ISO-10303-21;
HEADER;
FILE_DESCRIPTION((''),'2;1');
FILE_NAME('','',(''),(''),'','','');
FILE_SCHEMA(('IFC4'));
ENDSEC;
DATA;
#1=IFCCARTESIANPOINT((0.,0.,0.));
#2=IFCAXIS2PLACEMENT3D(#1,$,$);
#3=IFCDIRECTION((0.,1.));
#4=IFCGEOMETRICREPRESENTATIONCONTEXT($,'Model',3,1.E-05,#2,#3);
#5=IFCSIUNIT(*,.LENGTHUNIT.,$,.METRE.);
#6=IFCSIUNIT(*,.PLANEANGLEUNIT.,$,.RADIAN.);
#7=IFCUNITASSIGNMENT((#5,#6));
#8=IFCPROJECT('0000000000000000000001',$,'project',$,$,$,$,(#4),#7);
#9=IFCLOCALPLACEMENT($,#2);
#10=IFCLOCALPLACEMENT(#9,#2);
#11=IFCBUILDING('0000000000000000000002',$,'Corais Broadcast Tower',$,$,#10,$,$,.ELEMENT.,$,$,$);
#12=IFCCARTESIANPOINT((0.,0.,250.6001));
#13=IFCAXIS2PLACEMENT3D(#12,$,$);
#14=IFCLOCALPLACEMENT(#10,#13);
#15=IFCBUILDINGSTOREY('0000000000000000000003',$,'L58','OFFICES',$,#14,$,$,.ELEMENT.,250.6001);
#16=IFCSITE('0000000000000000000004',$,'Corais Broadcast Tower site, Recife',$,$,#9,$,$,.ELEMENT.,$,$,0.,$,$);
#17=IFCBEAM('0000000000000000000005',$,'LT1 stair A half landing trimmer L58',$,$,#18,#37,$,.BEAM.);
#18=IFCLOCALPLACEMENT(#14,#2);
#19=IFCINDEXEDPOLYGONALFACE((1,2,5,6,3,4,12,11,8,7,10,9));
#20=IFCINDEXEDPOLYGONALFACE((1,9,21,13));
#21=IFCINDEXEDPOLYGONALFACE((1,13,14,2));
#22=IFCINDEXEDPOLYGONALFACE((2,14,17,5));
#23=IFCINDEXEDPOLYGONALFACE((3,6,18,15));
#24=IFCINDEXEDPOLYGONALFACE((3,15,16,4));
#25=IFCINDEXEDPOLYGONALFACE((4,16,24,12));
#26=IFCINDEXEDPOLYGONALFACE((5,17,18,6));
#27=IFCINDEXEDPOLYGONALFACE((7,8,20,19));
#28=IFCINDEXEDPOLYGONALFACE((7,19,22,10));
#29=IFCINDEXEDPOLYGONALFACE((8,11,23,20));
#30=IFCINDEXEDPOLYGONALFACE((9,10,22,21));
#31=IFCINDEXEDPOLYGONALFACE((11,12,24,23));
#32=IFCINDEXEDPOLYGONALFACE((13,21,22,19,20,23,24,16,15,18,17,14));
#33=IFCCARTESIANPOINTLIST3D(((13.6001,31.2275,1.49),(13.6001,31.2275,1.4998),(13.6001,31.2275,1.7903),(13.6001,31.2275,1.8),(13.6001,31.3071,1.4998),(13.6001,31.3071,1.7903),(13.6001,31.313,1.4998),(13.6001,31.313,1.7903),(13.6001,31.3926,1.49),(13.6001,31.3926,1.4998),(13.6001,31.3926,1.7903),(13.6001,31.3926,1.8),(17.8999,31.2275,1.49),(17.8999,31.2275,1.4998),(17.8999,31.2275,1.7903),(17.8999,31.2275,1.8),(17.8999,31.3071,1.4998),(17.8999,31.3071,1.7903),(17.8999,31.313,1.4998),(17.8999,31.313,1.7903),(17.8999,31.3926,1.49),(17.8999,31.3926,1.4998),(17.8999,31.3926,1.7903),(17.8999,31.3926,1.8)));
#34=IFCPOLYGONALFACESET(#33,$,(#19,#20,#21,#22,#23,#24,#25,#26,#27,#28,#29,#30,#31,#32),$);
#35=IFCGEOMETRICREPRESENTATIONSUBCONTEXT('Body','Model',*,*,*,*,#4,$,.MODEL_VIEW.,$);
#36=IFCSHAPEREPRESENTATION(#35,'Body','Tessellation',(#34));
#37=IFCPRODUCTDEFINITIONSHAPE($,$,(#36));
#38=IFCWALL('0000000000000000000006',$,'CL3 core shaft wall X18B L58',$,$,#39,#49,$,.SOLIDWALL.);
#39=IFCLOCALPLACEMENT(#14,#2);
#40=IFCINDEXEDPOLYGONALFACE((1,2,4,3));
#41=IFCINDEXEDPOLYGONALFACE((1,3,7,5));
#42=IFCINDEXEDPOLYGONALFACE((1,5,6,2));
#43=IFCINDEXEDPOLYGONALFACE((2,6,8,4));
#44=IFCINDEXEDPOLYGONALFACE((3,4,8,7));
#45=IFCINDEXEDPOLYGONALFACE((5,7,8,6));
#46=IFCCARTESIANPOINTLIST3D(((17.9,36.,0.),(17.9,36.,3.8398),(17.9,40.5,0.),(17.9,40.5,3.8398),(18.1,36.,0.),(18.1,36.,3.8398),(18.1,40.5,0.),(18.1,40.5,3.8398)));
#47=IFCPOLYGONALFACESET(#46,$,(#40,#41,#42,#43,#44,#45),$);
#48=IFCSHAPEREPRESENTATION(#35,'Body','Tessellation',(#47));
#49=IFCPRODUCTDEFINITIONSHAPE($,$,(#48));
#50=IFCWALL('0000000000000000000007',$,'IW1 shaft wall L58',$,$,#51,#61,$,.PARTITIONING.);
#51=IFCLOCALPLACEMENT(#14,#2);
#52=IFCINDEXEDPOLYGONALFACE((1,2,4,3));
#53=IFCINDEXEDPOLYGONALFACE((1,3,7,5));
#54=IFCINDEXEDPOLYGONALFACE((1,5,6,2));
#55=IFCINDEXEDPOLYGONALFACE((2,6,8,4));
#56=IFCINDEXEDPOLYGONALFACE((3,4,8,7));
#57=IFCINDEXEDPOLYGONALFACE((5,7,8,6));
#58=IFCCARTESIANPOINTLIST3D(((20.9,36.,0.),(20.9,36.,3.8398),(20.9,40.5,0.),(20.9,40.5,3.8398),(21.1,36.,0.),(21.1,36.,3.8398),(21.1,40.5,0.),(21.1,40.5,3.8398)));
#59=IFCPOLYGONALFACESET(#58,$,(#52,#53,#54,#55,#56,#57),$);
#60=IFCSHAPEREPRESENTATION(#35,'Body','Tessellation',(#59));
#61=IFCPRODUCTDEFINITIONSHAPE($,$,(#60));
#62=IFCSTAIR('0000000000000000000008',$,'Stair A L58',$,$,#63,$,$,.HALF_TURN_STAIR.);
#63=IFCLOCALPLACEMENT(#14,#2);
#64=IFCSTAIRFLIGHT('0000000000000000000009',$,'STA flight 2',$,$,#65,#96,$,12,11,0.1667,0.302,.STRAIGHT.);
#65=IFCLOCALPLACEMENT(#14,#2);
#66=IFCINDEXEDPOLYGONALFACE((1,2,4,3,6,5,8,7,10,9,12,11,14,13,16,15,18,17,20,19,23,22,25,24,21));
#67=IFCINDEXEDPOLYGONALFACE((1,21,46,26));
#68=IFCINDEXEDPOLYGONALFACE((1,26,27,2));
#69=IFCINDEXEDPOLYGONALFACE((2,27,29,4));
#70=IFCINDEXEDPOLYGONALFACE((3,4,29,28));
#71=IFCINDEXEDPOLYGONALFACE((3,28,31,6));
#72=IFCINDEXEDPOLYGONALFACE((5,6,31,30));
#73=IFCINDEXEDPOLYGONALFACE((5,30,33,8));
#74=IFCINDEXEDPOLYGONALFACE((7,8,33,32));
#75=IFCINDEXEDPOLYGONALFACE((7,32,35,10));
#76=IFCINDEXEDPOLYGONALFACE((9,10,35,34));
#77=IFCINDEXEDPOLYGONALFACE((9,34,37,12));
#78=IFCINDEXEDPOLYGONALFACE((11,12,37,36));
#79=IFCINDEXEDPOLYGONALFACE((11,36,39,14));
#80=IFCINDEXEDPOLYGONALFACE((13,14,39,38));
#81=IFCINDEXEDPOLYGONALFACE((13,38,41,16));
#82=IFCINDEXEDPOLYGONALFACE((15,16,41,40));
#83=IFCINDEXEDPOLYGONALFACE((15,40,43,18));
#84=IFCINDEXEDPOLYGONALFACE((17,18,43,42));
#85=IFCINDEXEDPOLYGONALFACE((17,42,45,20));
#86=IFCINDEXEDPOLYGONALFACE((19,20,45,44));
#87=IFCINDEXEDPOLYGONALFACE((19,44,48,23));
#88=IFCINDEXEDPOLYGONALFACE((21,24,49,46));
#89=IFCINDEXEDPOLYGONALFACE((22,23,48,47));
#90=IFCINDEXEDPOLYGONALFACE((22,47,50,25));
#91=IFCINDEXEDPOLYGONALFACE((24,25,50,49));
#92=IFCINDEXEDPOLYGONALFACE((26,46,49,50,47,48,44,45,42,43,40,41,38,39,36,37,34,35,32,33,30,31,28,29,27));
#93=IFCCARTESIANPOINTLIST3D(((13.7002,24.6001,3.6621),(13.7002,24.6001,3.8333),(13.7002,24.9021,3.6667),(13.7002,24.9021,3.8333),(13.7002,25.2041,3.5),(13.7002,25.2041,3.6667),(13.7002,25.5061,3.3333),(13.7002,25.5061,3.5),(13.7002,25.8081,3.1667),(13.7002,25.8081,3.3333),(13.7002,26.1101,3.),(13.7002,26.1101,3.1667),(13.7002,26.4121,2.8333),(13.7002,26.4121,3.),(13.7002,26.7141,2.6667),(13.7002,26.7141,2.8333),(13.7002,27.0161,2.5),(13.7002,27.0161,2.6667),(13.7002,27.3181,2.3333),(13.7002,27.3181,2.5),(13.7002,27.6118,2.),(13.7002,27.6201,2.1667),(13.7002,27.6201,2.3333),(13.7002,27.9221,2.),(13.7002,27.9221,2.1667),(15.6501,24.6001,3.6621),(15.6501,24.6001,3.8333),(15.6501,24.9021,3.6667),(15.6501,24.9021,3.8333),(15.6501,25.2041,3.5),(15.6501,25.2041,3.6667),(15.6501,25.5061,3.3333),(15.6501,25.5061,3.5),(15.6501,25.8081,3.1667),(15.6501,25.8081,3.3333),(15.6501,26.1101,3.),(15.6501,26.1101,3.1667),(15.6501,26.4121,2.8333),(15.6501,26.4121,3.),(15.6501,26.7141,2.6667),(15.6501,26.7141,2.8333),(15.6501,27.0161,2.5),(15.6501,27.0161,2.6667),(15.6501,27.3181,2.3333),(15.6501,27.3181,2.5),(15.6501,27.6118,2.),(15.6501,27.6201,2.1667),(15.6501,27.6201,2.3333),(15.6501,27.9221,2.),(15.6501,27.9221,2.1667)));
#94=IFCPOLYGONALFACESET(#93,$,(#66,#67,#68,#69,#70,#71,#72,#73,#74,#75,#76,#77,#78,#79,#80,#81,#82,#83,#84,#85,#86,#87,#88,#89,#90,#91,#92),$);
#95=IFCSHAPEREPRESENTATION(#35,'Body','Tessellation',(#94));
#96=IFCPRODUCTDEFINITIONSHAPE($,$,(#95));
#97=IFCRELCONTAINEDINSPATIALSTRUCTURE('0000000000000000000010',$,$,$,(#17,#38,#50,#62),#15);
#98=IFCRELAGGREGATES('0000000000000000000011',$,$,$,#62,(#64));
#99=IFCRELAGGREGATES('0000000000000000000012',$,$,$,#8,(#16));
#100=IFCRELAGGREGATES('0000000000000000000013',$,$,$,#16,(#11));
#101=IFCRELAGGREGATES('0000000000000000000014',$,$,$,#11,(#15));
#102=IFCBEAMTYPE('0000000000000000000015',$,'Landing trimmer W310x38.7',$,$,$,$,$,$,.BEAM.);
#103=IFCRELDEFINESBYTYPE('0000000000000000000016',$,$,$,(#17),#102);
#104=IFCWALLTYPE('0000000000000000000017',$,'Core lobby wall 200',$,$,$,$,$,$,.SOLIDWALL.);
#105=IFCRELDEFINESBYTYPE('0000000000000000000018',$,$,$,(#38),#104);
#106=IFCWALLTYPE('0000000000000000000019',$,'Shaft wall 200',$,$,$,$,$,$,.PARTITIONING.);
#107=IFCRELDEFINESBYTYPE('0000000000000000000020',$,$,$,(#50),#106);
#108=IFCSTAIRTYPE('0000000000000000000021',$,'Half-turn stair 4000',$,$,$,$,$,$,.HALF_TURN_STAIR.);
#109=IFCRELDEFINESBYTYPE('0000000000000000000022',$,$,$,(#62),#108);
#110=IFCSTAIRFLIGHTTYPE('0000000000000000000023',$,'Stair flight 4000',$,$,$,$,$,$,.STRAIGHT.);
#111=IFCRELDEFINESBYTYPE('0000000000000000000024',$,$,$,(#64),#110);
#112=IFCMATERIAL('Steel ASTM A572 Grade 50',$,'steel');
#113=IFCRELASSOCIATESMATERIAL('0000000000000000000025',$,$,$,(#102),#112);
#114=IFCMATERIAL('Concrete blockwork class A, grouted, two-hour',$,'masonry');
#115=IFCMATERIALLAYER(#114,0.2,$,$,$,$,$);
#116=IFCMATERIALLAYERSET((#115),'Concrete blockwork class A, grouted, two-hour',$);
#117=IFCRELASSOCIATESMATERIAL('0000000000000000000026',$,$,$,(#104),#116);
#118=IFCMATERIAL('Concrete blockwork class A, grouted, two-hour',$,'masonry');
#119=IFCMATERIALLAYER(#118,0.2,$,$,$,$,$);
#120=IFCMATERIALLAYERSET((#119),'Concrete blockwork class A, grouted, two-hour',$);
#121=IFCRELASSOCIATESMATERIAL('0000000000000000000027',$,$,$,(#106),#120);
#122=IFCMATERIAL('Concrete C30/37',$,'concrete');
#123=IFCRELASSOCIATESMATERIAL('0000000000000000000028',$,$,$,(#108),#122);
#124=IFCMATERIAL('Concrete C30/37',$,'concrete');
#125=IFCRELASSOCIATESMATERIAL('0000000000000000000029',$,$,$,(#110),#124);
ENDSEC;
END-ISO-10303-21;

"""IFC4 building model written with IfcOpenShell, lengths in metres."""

from ifc_helpers import new_model, si_unit, direction, frame, frame_2d, origin, origin_2d, place, context, subcontext, project, spatial, polyline, rectangle, i_section, outline, extrude, material, layer, layer_set, material_profile, profile_set, type_object, element, aggregate, save


model = new_model("IFC4")

# Units and contexts
model_context = context("Model", 3, precision=1e-05, world=origin(), true_north=direction((0.0, 1.0)))
body_context = subcontext(model_context, "Body", "Model", "MODEL_VIEW")
ifc_project = project(units=[si_unit("LENGTHUNIT", "METRE"), si_unit("PLANEANGLEUNIT", "RADIAN")], contexts=[model_context])

# Site, building, storey
site_placement = place(None, origin())
site = spatial("IfcSite", under=ifc_project, at=site_placement, Name="Corais Broadcast Tower site, Recife", CompositionType="ELEMENT", RefElevation=0.0)
building_placement = place(site_placement, origin())
building = spatial("IfcBuilding", under=site, at=building_placement, Name="Corais Broadcast Tower", CompositionType="ELEMENT")
storey_placement = place(building_placement, frame((0.0, 0.0, 250.6001)))
storey = spatial("IfcBuildingStorey", under=building, at=storey_placement, Name="L58", Description="OFFICES", CompositionType="ELEMENT", Elevation=250.6001)

# Beam
ifc_material_1 = material(Name="Steel ASTM A572 Grade 50", Category="steel")
ifc_material_profile = material_profile(ifc_material_1, i_section(OverallWidth=0.165, OverallDepth=0.3101, WebThickness=0.0059, FlangeThickness=0.0098, at=origin_2d()), Name="W310x38.7")
ifc_profile_set = profile_set([ifc_material_profile], Name="Steel ASTM A572 Grade 50")
beam_type = type_object("IfcBeamType", Name="Landing trimmer W310x38.7", PredefinedType="BEAM", material=ifc_profile_set)
beam_placement = place(storey_placement, frame((13.6001, 31.3101, 1.645), z_axis=(1.0, 0.0, 0.0), x_axis=(0.0, 1.0, 0.0)))
element("IfcBeam", 1, at=beam_placement, inside=storey, type_object=beam_type, Name="LT1 stair A half landing trimmer L58", PredefinedType="BEAM", context=body_context, shape_type="SweptSolid", body=[
    extrude(i_section(OverallWidth=0.165, OverallDepth=0.3101, WebThickness=0.0059, FlangeThickness=0.0098, at=origin_2d()), origin(), (0.0, 0.0, 1.0), 4.2998),
])

# Walls
ifc_material_2 = material(Name="Concrete blockwork class A, grouted, two-hour", Category="masonry")
ifc_layer_1 = layer(ifc_material_2, 0.2)
ifc_layer_set_1 = layer_set([ifc_layer_1], Name="Concrete blockwork class A, grouted, two-hour")
wall_type_1 = type_object("IfcWallType", Name="Core lobby wall 200", PredefinedType="SOLIDWALL", material=ifc_layer_set_1)
wall_1_placement = place(storey_placement, frame((18.0, 36.0, 0.0), z_axis=(0.0, 0.0, 1.0), x_axis=(0.0, 1.0, 0.0)))
element("IfcWall", 2, at=wall_1_placement, inside=storey, type_object=wall_type_1, Name="CL3 core shaft wall X18B L58", PredefinedType="SOLIDWALL", context=body_context, shape_type="SweptSolid", body=[
    extrude(rectangle(XDim=4.5, YDim=0.2, at=frame_2d((2.25, 0.0))), origin(), (0.0, 0.0, 1.0), 3.8398),
])
ifc_material_3 = material(Name="Concrete blockwork class A, grouted, two-hour", Category="masonry")
ifc_layer_2 = layer(ifc_material_3, 0.2)
ifc_layer_set_2 = layer_set([ifc_layer_2], Name="Concrete blockwork class A, grouted, two-hour")
wall_type_2 = type_object("IfcWallType", Name="Shaft wall 200", PredefinedType="PARTITIONING", material=ifc_layer_set_2)
wall_2_placement = place(storey_placement, frame((21.0, 36.0, 0.0), z_axis=(0.0, 0.0, 1.0), x_axis=(0.0, 1.0, 0.0)))
element("IfcWall", 3, at=wall_2_placement, inside=storey, type_object=wall_type_2, Name="IW1 shaft wall L58", PredefinedType="PARTITIONING", context=body_context, shape_type="SweptSolid", body=[
    extrude(rectangle(XDim=4.5, YDim=0.2, at=frame_2d((2.25, 0.0))), origin(), (0.0, 0.0, 1.0), 3.8398),
])

# Stair, stair flight
ifc_material_4 = material(Name="Concrete C30/37", Category="concrete")
stair_type = type_object("IfcStairType", Name="Half-turn stair 4000", PredefinedType="HALF_TURN_STAIR", material=ifc_material_4)
stair_placement = place(storey_placement, origin())
stair = element("IfcStair", 4, at=stair_placement, inside=storey, type_object=stair_type, Name="Stair A L58", PredefinedType="HALF_TURN_STAIR")
ifc_material_5 = material(Name="Concrete C30/37", Category="concrete")
stair_flight_type = type_object("IfcStairFlightType", Name="Stair flight 4000", PredefinedType="STRAIGHT", material=ifc_material_5)
stair_flight_placement = place(storey_placement, frame((14.675, 27.9221, 2.0), z_axis=(0.0, 0.0, 1.0), x_axis=(0.0, -1.0, 0.0)))
stair_flight = element("IfcStairFlight", 5, at=stair_flight_placement, type_object=stair_flight_type, Name="STA flight 2", NumberOfRisers=12, NumberOfTreads=11, PredefinedType="STRAIGHT", RiserHeight=0.1667, TreadLength=0.302, context=body_context, shape_type="SweptSolid", body=[
    extrude(outline(polyline([(0.0, 0.0), (0.0, 0.1667), (0.302, 0.1667), (0.302, 0.3333), (0.604, 0.3333), (0.604, 0.5), (0.906, 0.5), (0.906, 0.6667), (1.208, 0.6667), (1.208, 0.8333), (1.51, 0.8333), (1.51, 1.0), (1.812, 1.0), (1.812, 1.1667), (2.114, 1.1667), (2.114, 1.3333), (2.416, 1.3333), (2.416, 1.5), (2.718, 1.5), (2.718, 1.6667), (3.02, 1.6667), (3.02, 1.8333), (3.322, 1.8333), (3.322, 2.0), (3.322, 1.6621), (0.3103, 0.0), (0.0, 0.0)])), frame((0.0, 0.9751, 0.0), z_axis=(0.0, -1.0, 0.0), x_axis=(1.0, 0.0, 0.0)), (0.0, 0.0, 1.0), 1.95),
])
aggregate(stair, [stair_flight])

save(model, "model.ifc")
